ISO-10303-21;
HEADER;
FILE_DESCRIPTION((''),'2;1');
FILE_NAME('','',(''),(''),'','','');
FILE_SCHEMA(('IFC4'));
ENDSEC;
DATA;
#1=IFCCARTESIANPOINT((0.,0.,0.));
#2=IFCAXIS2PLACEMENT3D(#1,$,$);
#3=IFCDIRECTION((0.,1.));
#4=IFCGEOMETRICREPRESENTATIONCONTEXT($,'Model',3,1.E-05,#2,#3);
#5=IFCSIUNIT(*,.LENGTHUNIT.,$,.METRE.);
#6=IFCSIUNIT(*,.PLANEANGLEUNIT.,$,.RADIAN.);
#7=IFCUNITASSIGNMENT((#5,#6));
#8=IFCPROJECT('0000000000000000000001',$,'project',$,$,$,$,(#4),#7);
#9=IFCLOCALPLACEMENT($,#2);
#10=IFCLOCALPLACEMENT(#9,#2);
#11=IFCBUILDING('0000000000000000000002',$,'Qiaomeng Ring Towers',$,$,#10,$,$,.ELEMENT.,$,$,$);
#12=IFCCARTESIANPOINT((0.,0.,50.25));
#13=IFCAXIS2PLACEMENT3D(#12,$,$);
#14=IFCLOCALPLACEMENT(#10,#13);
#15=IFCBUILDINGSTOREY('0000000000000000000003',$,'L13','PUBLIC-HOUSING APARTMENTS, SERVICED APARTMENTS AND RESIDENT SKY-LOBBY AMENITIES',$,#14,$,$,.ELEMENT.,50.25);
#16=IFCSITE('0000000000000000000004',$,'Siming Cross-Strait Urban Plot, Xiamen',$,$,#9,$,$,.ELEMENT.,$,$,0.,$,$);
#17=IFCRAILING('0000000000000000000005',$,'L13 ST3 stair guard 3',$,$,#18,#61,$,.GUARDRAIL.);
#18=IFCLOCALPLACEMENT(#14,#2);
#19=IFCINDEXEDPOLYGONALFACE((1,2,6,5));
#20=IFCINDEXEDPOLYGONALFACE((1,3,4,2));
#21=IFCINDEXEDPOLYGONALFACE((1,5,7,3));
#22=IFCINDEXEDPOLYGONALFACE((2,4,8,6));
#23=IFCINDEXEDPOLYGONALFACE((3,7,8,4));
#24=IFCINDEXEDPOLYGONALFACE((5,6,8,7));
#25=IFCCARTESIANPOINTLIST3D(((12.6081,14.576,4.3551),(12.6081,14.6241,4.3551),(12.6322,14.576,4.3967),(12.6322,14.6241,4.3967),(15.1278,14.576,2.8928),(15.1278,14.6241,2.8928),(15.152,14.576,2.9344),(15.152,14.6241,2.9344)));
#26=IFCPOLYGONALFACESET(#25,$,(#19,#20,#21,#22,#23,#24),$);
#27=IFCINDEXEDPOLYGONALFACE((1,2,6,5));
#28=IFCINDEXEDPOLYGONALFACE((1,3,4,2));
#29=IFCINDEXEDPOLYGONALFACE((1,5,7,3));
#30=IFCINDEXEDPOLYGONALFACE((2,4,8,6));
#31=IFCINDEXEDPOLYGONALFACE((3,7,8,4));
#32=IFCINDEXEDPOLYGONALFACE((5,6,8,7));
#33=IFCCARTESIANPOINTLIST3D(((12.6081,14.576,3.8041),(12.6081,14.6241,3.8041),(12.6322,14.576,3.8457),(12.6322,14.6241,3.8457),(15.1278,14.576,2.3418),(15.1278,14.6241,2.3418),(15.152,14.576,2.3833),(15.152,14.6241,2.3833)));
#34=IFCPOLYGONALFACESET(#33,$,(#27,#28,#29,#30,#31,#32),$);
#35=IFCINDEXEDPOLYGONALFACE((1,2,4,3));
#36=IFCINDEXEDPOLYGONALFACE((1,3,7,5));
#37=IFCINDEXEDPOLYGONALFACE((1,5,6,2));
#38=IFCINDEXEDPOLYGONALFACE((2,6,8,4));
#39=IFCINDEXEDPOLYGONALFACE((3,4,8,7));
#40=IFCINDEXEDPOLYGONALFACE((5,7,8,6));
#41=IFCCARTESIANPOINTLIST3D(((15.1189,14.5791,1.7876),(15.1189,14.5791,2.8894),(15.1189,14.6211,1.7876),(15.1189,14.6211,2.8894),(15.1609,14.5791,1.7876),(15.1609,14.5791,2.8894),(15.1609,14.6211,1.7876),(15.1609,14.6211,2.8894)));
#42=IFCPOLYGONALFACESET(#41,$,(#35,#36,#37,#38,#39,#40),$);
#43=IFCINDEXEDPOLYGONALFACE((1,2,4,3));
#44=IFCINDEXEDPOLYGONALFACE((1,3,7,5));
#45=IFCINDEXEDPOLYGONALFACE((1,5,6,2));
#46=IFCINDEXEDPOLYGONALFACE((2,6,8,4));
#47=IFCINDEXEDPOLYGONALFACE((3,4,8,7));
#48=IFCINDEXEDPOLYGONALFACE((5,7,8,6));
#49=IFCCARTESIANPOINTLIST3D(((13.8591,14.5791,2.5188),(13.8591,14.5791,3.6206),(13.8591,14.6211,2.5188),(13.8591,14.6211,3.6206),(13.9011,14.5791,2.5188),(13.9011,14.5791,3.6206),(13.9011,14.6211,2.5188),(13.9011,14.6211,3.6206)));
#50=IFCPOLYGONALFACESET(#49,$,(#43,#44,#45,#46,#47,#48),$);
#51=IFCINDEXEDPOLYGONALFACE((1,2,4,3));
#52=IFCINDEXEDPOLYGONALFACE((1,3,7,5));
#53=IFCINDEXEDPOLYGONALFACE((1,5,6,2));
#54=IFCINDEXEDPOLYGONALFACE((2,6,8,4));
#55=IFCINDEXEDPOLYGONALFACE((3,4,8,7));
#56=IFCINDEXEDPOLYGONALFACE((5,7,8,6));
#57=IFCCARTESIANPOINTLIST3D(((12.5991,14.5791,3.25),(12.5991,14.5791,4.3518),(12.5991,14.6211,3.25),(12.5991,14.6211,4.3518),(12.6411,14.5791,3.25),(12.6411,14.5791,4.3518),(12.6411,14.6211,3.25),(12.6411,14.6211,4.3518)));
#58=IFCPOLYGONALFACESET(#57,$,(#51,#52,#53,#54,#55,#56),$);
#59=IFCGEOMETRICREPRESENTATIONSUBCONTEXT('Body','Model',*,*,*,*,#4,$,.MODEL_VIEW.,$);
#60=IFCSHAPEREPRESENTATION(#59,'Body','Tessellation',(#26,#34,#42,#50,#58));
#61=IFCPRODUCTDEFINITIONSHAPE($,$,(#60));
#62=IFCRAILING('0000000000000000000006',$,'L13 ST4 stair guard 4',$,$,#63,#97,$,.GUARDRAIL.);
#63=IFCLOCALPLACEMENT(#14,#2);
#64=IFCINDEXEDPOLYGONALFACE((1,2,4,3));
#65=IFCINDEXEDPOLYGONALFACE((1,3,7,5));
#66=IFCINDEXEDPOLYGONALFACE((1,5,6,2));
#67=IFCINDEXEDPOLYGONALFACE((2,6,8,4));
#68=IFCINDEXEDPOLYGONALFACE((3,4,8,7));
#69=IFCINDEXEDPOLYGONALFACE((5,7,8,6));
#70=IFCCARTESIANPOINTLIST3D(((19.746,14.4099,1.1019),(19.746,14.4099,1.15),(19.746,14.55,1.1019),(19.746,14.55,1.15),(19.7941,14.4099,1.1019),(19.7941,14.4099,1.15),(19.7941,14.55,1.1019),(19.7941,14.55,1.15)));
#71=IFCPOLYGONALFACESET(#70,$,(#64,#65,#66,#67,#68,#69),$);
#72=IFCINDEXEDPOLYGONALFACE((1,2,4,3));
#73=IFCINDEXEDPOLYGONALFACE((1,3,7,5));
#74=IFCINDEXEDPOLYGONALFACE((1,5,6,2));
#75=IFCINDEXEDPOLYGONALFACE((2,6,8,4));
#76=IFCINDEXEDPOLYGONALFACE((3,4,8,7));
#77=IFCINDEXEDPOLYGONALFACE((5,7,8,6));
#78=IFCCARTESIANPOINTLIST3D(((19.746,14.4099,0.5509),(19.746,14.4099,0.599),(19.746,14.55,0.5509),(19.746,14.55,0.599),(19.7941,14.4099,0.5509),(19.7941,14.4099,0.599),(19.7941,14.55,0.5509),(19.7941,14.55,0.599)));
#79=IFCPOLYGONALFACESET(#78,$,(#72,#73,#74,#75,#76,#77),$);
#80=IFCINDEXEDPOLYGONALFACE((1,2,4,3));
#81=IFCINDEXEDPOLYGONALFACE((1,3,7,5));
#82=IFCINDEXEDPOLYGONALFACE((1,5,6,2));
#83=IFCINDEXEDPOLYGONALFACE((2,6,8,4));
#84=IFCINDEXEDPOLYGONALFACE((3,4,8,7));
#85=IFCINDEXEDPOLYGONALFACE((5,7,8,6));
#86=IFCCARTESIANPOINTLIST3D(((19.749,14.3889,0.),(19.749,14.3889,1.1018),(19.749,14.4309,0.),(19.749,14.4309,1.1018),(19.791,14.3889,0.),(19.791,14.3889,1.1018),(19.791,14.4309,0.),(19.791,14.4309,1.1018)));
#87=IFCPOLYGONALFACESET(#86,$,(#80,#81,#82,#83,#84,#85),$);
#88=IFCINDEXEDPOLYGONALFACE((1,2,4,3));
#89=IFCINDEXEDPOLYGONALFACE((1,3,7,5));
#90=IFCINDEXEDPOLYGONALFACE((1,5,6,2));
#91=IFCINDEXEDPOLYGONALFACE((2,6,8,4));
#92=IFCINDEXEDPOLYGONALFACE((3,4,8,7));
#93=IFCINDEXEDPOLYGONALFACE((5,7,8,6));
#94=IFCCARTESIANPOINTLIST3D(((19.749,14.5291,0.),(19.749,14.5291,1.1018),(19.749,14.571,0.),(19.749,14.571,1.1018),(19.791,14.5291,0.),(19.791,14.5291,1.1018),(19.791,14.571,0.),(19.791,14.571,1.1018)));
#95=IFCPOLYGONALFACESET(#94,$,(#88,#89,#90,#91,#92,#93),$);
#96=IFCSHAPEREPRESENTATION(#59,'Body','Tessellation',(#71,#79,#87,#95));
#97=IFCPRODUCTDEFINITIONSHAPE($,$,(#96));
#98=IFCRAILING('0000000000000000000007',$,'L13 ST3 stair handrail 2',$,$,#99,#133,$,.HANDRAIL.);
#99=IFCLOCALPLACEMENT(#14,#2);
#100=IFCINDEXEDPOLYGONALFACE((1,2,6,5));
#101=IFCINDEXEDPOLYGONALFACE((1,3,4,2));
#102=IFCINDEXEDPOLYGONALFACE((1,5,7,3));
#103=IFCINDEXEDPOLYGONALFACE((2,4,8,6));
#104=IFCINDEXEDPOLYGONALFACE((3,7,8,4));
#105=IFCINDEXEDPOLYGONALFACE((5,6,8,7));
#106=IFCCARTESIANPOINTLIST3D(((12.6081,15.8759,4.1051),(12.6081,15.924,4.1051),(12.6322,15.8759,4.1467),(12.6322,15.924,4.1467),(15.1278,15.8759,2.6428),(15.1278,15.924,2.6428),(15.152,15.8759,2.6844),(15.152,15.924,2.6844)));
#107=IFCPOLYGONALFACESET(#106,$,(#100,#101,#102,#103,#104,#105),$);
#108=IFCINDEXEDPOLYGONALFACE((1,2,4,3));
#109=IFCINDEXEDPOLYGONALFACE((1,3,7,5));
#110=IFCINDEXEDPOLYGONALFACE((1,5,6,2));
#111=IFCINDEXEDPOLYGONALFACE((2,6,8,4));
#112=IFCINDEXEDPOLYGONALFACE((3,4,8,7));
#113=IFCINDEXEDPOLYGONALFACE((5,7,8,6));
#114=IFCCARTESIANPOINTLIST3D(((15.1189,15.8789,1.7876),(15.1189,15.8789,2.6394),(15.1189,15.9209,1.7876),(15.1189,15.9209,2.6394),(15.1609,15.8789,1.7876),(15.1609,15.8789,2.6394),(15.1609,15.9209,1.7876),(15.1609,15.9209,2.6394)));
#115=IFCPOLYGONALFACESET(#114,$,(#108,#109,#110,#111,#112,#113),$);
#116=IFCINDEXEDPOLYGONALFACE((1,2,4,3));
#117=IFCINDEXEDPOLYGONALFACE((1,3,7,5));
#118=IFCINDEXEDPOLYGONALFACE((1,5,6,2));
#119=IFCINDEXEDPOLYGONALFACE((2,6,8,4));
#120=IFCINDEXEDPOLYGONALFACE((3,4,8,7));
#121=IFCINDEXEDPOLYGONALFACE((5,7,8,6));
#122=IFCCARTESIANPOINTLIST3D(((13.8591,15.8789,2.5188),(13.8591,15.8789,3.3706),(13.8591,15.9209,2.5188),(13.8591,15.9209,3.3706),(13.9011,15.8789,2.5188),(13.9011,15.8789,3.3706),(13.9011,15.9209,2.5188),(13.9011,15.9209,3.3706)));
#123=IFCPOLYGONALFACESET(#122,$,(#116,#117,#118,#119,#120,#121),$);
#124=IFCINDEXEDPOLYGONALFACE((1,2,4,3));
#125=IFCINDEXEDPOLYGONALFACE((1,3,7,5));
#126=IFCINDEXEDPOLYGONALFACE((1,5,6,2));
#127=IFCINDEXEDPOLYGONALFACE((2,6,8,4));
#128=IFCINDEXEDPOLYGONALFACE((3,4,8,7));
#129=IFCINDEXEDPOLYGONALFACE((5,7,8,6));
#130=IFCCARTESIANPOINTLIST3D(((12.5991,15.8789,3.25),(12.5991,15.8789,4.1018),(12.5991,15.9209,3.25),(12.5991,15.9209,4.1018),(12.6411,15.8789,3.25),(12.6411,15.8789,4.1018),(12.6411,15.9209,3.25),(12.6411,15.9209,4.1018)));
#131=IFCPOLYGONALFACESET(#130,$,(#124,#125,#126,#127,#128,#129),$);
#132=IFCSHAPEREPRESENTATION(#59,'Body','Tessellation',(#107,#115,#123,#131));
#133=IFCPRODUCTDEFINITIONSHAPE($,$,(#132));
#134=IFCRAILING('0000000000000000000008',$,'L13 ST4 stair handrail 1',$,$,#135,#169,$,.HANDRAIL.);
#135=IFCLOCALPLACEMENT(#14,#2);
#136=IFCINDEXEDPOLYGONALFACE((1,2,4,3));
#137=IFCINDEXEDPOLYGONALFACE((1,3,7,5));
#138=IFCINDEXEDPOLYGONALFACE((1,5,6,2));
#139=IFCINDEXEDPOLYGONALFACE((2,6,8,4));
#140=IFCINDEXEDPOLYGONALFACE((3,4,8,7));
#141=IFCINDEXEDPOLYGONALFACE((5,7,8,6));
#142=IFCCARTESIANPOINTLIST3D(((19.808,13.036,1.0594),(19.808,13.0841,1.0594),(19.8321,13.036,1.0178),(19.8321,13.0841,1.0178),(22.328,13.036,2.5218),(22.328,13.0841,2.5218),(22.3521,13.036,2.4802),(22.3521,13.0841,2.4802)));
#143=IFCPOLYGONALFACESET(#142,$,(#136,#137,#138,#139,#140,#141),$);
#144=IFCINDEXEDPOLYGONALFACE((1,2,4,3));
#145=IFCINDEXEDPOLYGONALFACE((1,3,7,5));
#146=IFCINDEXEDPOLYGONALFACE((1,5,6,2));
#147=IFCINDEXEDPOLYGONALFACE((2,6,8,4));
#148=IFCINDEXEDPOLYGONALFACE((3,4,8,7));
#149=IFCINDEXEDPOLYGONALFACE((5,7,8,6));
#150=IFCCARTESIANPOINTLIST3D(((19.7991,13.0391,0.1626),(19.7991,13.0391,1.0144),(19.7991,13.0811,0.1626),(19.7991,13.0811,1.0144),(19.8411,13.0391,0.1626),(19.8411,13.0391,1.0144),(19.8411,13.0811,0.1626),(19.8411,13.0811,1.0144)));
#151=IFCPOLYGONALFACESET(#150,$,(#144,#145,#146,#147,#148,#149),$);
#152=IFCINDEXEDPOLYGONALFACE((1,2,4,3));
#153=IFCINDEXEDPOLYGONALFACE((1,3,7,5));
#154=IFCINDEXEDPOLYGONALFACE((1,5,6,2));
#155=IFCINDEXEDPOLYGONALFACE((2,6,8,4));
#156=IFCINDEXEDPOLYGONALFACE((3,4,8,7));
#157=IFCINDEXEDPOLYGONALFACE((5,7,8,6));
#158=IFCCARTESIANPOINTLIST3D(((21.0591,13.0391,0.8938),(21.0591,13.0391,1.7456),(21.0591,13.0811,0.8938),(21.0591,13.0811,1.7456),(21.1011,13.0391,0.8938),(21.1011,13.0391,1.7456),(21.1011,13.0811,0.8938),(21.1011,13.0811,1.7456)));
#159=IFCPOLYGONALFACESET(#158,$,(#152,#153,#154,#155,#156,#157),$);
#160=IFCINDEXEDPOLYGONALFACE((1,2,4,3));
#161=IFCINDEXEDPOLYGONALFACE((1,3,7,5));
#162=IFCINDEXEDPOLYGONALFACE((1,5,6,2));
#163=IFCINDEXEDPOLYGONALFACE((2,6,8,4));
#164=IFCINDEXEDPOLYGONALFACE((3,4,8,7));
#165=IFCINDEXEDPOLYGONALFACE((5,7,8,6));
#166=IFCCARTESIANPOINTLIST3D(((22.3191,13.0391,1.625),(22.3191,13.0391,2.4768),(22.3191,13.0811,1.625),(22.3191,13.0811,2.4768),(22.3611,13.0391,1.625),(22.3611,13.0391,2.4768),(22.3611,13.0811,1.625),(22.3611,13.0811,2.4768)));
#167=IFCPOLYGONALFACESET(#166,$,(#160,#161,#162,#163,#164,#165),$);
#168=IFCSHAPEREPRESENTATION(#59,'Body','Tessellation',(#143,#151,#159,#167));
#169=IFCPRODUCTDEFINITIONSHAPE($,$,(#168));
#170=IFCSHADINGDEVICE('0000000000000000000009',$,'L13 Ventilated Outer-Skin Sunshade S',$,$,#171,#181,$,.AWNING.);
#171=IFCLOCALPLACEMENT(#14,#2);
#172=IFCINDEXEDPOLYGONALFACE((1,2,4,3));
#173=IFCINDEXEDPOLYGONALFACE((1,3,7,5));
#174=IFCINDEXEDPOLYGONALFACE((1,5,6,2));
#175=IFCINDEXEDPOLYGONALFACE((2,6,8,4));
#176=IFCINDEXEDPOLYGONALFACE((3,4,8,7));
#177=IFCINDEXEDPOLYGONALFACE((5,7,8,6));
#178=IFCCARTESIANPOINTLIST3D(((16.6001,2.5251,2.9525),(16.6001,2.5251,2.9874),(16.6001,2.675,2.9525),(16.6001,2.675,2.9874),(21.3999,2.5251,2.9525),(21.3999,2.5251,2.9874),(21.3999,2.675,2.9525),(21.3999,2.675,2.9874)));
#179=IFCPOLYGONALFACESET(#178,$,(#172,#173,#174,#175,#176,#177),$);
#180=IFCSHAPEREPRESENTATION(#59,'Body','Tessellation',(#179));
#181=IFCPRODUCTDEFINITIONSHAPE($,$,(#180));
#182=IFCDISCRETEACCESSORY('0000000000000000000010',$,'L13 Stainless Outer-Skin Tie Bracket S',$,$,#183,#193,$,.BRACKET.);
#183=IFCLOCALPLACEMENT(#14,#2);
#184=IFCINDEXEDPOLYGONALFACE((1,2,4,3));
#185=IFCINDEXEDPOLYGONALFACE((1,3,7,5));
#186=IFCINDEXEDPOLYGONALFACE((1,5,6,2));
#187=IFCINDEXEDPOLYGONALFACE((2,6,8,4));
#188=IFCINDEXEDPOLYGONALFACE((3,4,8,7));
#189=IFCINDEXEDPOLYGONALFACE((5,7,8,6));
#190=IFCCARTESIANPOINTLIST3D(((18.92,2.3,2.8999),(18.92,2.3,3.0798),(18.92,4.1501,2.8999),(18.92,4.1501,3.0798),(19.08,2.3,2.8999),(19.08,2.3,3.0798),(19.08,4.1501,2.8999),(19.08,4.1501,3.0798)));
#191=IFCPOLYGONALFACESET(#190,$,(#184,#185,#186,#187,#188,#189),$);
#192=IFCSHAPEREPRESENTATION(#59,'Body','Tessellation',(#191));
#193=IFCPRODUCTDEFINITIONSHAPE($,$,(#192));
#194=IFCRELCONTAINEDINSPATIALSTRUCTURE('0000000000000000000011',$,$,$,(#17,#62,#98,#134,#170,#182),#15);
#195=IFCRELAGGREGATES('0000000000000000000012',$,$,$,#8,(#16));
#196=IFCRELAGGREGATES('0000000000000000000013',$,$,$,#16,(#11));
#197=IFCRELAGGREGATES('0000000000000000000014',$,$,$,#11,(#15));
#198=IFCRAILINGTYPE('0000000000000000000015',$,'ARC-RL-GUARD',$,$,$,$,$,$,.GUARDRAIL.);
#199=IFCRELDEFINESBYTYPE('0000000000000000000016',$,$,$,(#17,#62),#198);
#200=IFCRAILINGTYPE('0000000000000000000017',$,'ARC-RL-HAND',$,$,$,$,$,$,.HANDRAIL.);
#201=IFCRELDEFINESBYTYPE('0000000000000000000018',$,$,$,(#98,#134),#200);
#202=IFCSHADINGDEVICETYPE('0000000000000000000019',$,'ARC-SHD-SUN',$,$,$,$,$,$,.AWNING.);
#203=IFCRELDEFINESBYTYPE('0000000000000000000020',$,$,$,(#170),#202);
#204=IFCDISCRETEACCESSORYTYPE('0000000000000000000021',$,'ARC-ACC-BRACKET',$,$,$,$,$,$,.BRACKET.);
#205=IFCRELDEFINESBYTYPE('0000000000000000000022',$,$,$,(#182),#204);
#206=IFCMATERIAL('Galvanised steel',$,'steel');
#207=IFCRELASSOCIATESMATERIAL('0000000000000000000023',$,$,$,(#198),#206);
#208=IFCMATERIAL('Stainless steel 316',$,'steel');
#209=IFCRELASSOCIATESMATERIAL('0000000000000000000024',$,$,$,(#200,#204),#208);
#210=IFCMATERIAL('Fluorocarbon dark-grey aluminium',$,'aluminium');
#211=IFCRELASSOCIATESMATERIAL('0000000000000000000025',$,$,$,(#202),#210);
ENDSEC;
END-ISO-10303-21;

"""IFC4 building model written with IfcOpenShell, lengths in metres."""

from ifc_helpers import new_model, si_unit, direction, frame, origin, origin_2d, place, context, subcontext, project, spatial, rectangle, extrude, source, transform, mapped, material, material_profile, profile_set, type_object, element, save


model = new_model("IFC4")

# Units and contexts
model_context = context("Model", 3, precision=1e-05, world=origin(), true_north=direction((0.0, 1.0)))
body_context = subcontext(model_context, "Body", "Model", "MODEL_VIEW")
ifc_project = project(units=[si_unit("LENGTHUNIT", "METRE"), si_unit("PLANEANGLEUNIT", "RADIAN")], contexts=[model_context])

# Site, building, storey
site_placement = place(None, origin())
site = spatial("IfcSite", under=ifc_project, at=site_placement, Name="Siming Cross-Strait Urban Plot, Xiamen", CompositionType="ELEMENT", RefElevation=0.0)
building_placement = place(site_placement, origin())
building = spatial("IfcBuilding", under=site, at=building_placement, Name="Qiaomeng Ring Towers", CompositionType="ELEMENT")
storey_placement = place(building_placement, frame((0.0, 0.0, 50.25)))
storey = spatial("IfcBuildingStorey", under=building, at=storey_placement, Name="L13", Description="PUBLIC-HOUSING APARTMENTS, SERVICED APARTMENTS AND RESIDENT SKY-LOBBY AMENITIES", CompositionType="ELEMENT", Elevation=50.25)

# Shared definitions
ifc_material_1 = material(Name="Fluorocarbon dark-grey aluminium", Category="aluminium")

# Shared definitions
ifc_material_2 = material(Name="Galvanised steel", Category="steel")

# Railings
railing_type_1 = type_object("IfcRailingType", Name="ARC-RL-GUARD", PredefinedType="GUARDRAIL", material=ifc_material_2)
railing_1_placement = place(storey_placement, frame((15.1399, 14.6001, 1.7876)))
element("IfcRailing", 1, at=railing_1_placement, inside=storey, type_object=railing_type_1, Name="L13 ST3 stair guard 3", PredefinedType="GUARDRAIL", context=body_context, shape_type="SweptSolid", body=[
    extrude(rectangle(XDim=0.0481, YDim=0.0481, at=origin_2d()), frame((0.0, 0.0, 1.126), z_axis=(-0.864892, 0.0, 0.501958), x_axis=(0.0, -1.0, 0.0)), (0.0, 0.0, 1.0), 2.9133),
    extrude(rectangle(XDim=0.0481, YDim=0.0481, at=origin_2d()), frame((0.0, 0.0, 0.575), z_axis=(-0.864892, 0.0, 0.501958), x_axis=(0.0, -1.0, 0.0)), (0.0, 0.0, 1.0), 2.9133),
    extrude(rectangle(XDim=0.042, YDim=0.042, at=origin_2d()), origin(), (0.0, 0.0, 1.0), 1.1018),
    extrude(rectangle(XDim=0.042, YDim=0.042, at=origin_2d()), frame((-1.2598, 0.0, 0.7312)), (0.0, 0.0, 1.0), 1.1018),
    extrude(rectangle(XDim=0.042, YDim=0.042, at=origin_2d()), frame((-2.5198, 0.0, 1.4624)), (0.0, 0.0, 1.0), 1.1018),
])
railing_2_placement = place(storey_placement, frame((19.77, 14.4099, 0.0)))
element("IfcRailing", 2, at=railing_2_placement, inside=storey, type_object=railing_type_1, Name="L13 ST4 stair guard 4", PredefinedType="GUARDRAIL", context=body_context, shape_type="SweptSolid", body=[
    extrude(rectangle(XDim=0.0481, YDim=0.0481, at=origin_2d()), frame((0.0, 0.0, 1.126), z_axis=(0.0, 1.0, 0.0), x_axis=(-1.0, 0.0, 0.0)), (0.0, 0.0, 1.0), 0.1401),
    extrude(rectangle(XDim=0.0481, YDim=0.0481, at=origin_2d()), frame((0.0, 0.0, 0.575), z_axis=(0.0, 1.0, 0.0), x_axis=(-1.0, 0.0, 0.0)), (0.0, 0.0, 1.0), 0.1401),
    extrude(rectangle(XDim=0.042, YDim=0.042, at=origin_2d()), origin(), (0.0, 0.0, 1.0), 1.1018),
    extrude(rectangle(XDim=0.042, YDim=0.042, at=origin_2d()), frame((0.0, 0.1401, 0.0)), (0.0, 0.0, 1.0), 1.1018),
])
ifc_material_3 = material(Name="Stainless steel 316", Category="steel")
railing_type_2 = type_object("IfcRailingType", Name="ARC-RL-HAND", PredefinedType="HANDRAIL", material=ifc_material_3)
railing_3_placement = place(storey_placement, frame((15.1399, 15.8999, 1.7876)))
element("IfcRailing", 3, at=railing_3_placement, inside=storey, type_object=railing_type_2, Name="L13 ST3 stair handrail 2", PredefinedType="HANDRAIL", context=body_context, shape_type="SweptSolid", body=[
    extrude(rectangle(XDim=0.0481, YDim=0.0481, at=origin_2d()), frame((0.0, 0.0, 0.876), z_axis=(-0.864892, 0.0, 0.501958), x_axis=(0.0, -1.0, 0.0)), (0.0, 0.0, 1.0), 2.9133),
    extrude(rectangle(XDim=0.042, YDim=0.042, at=origin_2d()), origin(), (0.0, 0.0, 1.0), 0.8518),
    extrude(rectangle(XDim=0.042, YDim=0.042, at=origin_2d()), frame((-1.2598, 0.0, 0.7312)), (0.0, 0.0, 1.0), 0.8518),
    extrude(rectangle(XDim=0.042, YDim=0.042, at=origin_2d()), frame((-2.5198, 0.0, 1.4624)), (0.0, 0.0, 1.0), 0.8518),
])
railing_4_placement = place(storey_placement, frame((19.8201, 13.0601, 0.1626)))
element("IfcRailing", 4, at=railing_4_placement, inside=storey, type_object=railing_type_2, Name="L13 ST4 stair handrail 1", PredefinedType="HANDRAIL", context=body_context, shape_type="SweptSolid", body=[
    extrude(rectangle(XDim=0.0481, YDim=0.0481, at=origin_2d()), frame((0.0, 0.0, 0.876), z_axis=(0.864913, 0.0, 0.501921), x_axis=(0.0, 1.0, 0.0)), (0.0, 0.0, 1.0), 2.9136),
    extrude(rectangle(XDim=0.042, YDim=0.042, at=origin_2d()), origin(), (0.0, 0.0, 1.0), 0.8518),
    extrude(rectangle(XDim=0.042, YDim=0.042, at=origin_2d()), frame((1.26, 0.0, 0.7312)), (0.0, 0.0, 1.0), 0.8518),
    extrude(rectangle(XDim=0.042, YDim=0.042, at=origin_2d()), frame((2.52, 0.0, 1.4624)), (0.0, 0.0, 1.0), 0.8518),
])

# Shading device
ifc_material_profile_1 = material_profile(ifc_material_1, rectangle(XDim=0.1499, YDim=0.0349, at=origin_2d()), Name="LV BLADE 150x35")
ifc_profile_set_1 = profile_set([ifc_material_profile_1], Name="Fluorocarbon dark-grey aluminium")
shading_device_type = type_object("IfcShadingDeviceType", Name="ARC-SHD-SUN", PredefinedType="AWNING", material=ifc_profile_set_1)
shared_shape_1 = source(origin(), body_context, "Body", "SweptSolid", [
    extrude(rectangle(XDim=0.1499, YDim=0.0349, at=origin_2d()), origin(), (0.0, 0.0, 1.0), 4.7998),
])
shading_device_placement = place(storey_placement, frame((16.6001, 2.6001, 2.97), z_axis=(1.0, 0.0, 0.0), x_axis=(0.0, 1.0, 0.0)))
element("IfcShadingDevice", 5, at=shading_device_placement, inside=storey, type_object=shading_device_type, Name="L13 Ventilated Outer-Skin Sunshade S", PredefinedType="AWNING", context=body_context, shape_type="MappedRepresentation", body=[
    mapped(shared_shape_1, transform((0.0, 0.0, 0.0), x_axis=(1.0, 0.0, 0.0), y_axis=(0.0, 1.0, 0.0), z_axis=(0.0, 0.0, 1.0), scale=1.0)),
])

# Discrete accessory
discrete_accessory_type = type_object("IfcDiscreteAccessoryType", Name="ARC-ACC-BRACKET", PredefinedType="BRACKET", material=ifc_material_3)
shared_shape_2 = source(origin(), body_context, "Body", "SweptSolid", [
    extrude(rectangle(XDim=0.1599, YDim=1.8501, at=origin_2d()), origin(), (0.0, 0.0, 1.0), 0.1799),
])
discrete_accessory_placement = place(storey_placement, frame((19.0, 3.2251, 2.8999), z_axis=(0.0, 0.0, 1.0), x_axis=(1.0, 0.0, 0.0)))
element("IfcDiscreteAccessory", 6, at=discrete_accessory_placement, inside=storey, type_object=discrete_accessory_type, Name="L13 Stainless Outer-Skin Tie Bracket S", PredefinedType="BRACKET", context=body_context, shape_type="MappedRepresentation", body=[
    mapped(shared_shape_2, transform((0.0, 0.0, 0.0), x_axis=(1.0, 0.0, 0.0), y_axis=(0.0, 1.0, 0.0), z_axis=(0.0, 0.0, 1.0), scale=1.0)),
])

save(model, "model.ifc")
